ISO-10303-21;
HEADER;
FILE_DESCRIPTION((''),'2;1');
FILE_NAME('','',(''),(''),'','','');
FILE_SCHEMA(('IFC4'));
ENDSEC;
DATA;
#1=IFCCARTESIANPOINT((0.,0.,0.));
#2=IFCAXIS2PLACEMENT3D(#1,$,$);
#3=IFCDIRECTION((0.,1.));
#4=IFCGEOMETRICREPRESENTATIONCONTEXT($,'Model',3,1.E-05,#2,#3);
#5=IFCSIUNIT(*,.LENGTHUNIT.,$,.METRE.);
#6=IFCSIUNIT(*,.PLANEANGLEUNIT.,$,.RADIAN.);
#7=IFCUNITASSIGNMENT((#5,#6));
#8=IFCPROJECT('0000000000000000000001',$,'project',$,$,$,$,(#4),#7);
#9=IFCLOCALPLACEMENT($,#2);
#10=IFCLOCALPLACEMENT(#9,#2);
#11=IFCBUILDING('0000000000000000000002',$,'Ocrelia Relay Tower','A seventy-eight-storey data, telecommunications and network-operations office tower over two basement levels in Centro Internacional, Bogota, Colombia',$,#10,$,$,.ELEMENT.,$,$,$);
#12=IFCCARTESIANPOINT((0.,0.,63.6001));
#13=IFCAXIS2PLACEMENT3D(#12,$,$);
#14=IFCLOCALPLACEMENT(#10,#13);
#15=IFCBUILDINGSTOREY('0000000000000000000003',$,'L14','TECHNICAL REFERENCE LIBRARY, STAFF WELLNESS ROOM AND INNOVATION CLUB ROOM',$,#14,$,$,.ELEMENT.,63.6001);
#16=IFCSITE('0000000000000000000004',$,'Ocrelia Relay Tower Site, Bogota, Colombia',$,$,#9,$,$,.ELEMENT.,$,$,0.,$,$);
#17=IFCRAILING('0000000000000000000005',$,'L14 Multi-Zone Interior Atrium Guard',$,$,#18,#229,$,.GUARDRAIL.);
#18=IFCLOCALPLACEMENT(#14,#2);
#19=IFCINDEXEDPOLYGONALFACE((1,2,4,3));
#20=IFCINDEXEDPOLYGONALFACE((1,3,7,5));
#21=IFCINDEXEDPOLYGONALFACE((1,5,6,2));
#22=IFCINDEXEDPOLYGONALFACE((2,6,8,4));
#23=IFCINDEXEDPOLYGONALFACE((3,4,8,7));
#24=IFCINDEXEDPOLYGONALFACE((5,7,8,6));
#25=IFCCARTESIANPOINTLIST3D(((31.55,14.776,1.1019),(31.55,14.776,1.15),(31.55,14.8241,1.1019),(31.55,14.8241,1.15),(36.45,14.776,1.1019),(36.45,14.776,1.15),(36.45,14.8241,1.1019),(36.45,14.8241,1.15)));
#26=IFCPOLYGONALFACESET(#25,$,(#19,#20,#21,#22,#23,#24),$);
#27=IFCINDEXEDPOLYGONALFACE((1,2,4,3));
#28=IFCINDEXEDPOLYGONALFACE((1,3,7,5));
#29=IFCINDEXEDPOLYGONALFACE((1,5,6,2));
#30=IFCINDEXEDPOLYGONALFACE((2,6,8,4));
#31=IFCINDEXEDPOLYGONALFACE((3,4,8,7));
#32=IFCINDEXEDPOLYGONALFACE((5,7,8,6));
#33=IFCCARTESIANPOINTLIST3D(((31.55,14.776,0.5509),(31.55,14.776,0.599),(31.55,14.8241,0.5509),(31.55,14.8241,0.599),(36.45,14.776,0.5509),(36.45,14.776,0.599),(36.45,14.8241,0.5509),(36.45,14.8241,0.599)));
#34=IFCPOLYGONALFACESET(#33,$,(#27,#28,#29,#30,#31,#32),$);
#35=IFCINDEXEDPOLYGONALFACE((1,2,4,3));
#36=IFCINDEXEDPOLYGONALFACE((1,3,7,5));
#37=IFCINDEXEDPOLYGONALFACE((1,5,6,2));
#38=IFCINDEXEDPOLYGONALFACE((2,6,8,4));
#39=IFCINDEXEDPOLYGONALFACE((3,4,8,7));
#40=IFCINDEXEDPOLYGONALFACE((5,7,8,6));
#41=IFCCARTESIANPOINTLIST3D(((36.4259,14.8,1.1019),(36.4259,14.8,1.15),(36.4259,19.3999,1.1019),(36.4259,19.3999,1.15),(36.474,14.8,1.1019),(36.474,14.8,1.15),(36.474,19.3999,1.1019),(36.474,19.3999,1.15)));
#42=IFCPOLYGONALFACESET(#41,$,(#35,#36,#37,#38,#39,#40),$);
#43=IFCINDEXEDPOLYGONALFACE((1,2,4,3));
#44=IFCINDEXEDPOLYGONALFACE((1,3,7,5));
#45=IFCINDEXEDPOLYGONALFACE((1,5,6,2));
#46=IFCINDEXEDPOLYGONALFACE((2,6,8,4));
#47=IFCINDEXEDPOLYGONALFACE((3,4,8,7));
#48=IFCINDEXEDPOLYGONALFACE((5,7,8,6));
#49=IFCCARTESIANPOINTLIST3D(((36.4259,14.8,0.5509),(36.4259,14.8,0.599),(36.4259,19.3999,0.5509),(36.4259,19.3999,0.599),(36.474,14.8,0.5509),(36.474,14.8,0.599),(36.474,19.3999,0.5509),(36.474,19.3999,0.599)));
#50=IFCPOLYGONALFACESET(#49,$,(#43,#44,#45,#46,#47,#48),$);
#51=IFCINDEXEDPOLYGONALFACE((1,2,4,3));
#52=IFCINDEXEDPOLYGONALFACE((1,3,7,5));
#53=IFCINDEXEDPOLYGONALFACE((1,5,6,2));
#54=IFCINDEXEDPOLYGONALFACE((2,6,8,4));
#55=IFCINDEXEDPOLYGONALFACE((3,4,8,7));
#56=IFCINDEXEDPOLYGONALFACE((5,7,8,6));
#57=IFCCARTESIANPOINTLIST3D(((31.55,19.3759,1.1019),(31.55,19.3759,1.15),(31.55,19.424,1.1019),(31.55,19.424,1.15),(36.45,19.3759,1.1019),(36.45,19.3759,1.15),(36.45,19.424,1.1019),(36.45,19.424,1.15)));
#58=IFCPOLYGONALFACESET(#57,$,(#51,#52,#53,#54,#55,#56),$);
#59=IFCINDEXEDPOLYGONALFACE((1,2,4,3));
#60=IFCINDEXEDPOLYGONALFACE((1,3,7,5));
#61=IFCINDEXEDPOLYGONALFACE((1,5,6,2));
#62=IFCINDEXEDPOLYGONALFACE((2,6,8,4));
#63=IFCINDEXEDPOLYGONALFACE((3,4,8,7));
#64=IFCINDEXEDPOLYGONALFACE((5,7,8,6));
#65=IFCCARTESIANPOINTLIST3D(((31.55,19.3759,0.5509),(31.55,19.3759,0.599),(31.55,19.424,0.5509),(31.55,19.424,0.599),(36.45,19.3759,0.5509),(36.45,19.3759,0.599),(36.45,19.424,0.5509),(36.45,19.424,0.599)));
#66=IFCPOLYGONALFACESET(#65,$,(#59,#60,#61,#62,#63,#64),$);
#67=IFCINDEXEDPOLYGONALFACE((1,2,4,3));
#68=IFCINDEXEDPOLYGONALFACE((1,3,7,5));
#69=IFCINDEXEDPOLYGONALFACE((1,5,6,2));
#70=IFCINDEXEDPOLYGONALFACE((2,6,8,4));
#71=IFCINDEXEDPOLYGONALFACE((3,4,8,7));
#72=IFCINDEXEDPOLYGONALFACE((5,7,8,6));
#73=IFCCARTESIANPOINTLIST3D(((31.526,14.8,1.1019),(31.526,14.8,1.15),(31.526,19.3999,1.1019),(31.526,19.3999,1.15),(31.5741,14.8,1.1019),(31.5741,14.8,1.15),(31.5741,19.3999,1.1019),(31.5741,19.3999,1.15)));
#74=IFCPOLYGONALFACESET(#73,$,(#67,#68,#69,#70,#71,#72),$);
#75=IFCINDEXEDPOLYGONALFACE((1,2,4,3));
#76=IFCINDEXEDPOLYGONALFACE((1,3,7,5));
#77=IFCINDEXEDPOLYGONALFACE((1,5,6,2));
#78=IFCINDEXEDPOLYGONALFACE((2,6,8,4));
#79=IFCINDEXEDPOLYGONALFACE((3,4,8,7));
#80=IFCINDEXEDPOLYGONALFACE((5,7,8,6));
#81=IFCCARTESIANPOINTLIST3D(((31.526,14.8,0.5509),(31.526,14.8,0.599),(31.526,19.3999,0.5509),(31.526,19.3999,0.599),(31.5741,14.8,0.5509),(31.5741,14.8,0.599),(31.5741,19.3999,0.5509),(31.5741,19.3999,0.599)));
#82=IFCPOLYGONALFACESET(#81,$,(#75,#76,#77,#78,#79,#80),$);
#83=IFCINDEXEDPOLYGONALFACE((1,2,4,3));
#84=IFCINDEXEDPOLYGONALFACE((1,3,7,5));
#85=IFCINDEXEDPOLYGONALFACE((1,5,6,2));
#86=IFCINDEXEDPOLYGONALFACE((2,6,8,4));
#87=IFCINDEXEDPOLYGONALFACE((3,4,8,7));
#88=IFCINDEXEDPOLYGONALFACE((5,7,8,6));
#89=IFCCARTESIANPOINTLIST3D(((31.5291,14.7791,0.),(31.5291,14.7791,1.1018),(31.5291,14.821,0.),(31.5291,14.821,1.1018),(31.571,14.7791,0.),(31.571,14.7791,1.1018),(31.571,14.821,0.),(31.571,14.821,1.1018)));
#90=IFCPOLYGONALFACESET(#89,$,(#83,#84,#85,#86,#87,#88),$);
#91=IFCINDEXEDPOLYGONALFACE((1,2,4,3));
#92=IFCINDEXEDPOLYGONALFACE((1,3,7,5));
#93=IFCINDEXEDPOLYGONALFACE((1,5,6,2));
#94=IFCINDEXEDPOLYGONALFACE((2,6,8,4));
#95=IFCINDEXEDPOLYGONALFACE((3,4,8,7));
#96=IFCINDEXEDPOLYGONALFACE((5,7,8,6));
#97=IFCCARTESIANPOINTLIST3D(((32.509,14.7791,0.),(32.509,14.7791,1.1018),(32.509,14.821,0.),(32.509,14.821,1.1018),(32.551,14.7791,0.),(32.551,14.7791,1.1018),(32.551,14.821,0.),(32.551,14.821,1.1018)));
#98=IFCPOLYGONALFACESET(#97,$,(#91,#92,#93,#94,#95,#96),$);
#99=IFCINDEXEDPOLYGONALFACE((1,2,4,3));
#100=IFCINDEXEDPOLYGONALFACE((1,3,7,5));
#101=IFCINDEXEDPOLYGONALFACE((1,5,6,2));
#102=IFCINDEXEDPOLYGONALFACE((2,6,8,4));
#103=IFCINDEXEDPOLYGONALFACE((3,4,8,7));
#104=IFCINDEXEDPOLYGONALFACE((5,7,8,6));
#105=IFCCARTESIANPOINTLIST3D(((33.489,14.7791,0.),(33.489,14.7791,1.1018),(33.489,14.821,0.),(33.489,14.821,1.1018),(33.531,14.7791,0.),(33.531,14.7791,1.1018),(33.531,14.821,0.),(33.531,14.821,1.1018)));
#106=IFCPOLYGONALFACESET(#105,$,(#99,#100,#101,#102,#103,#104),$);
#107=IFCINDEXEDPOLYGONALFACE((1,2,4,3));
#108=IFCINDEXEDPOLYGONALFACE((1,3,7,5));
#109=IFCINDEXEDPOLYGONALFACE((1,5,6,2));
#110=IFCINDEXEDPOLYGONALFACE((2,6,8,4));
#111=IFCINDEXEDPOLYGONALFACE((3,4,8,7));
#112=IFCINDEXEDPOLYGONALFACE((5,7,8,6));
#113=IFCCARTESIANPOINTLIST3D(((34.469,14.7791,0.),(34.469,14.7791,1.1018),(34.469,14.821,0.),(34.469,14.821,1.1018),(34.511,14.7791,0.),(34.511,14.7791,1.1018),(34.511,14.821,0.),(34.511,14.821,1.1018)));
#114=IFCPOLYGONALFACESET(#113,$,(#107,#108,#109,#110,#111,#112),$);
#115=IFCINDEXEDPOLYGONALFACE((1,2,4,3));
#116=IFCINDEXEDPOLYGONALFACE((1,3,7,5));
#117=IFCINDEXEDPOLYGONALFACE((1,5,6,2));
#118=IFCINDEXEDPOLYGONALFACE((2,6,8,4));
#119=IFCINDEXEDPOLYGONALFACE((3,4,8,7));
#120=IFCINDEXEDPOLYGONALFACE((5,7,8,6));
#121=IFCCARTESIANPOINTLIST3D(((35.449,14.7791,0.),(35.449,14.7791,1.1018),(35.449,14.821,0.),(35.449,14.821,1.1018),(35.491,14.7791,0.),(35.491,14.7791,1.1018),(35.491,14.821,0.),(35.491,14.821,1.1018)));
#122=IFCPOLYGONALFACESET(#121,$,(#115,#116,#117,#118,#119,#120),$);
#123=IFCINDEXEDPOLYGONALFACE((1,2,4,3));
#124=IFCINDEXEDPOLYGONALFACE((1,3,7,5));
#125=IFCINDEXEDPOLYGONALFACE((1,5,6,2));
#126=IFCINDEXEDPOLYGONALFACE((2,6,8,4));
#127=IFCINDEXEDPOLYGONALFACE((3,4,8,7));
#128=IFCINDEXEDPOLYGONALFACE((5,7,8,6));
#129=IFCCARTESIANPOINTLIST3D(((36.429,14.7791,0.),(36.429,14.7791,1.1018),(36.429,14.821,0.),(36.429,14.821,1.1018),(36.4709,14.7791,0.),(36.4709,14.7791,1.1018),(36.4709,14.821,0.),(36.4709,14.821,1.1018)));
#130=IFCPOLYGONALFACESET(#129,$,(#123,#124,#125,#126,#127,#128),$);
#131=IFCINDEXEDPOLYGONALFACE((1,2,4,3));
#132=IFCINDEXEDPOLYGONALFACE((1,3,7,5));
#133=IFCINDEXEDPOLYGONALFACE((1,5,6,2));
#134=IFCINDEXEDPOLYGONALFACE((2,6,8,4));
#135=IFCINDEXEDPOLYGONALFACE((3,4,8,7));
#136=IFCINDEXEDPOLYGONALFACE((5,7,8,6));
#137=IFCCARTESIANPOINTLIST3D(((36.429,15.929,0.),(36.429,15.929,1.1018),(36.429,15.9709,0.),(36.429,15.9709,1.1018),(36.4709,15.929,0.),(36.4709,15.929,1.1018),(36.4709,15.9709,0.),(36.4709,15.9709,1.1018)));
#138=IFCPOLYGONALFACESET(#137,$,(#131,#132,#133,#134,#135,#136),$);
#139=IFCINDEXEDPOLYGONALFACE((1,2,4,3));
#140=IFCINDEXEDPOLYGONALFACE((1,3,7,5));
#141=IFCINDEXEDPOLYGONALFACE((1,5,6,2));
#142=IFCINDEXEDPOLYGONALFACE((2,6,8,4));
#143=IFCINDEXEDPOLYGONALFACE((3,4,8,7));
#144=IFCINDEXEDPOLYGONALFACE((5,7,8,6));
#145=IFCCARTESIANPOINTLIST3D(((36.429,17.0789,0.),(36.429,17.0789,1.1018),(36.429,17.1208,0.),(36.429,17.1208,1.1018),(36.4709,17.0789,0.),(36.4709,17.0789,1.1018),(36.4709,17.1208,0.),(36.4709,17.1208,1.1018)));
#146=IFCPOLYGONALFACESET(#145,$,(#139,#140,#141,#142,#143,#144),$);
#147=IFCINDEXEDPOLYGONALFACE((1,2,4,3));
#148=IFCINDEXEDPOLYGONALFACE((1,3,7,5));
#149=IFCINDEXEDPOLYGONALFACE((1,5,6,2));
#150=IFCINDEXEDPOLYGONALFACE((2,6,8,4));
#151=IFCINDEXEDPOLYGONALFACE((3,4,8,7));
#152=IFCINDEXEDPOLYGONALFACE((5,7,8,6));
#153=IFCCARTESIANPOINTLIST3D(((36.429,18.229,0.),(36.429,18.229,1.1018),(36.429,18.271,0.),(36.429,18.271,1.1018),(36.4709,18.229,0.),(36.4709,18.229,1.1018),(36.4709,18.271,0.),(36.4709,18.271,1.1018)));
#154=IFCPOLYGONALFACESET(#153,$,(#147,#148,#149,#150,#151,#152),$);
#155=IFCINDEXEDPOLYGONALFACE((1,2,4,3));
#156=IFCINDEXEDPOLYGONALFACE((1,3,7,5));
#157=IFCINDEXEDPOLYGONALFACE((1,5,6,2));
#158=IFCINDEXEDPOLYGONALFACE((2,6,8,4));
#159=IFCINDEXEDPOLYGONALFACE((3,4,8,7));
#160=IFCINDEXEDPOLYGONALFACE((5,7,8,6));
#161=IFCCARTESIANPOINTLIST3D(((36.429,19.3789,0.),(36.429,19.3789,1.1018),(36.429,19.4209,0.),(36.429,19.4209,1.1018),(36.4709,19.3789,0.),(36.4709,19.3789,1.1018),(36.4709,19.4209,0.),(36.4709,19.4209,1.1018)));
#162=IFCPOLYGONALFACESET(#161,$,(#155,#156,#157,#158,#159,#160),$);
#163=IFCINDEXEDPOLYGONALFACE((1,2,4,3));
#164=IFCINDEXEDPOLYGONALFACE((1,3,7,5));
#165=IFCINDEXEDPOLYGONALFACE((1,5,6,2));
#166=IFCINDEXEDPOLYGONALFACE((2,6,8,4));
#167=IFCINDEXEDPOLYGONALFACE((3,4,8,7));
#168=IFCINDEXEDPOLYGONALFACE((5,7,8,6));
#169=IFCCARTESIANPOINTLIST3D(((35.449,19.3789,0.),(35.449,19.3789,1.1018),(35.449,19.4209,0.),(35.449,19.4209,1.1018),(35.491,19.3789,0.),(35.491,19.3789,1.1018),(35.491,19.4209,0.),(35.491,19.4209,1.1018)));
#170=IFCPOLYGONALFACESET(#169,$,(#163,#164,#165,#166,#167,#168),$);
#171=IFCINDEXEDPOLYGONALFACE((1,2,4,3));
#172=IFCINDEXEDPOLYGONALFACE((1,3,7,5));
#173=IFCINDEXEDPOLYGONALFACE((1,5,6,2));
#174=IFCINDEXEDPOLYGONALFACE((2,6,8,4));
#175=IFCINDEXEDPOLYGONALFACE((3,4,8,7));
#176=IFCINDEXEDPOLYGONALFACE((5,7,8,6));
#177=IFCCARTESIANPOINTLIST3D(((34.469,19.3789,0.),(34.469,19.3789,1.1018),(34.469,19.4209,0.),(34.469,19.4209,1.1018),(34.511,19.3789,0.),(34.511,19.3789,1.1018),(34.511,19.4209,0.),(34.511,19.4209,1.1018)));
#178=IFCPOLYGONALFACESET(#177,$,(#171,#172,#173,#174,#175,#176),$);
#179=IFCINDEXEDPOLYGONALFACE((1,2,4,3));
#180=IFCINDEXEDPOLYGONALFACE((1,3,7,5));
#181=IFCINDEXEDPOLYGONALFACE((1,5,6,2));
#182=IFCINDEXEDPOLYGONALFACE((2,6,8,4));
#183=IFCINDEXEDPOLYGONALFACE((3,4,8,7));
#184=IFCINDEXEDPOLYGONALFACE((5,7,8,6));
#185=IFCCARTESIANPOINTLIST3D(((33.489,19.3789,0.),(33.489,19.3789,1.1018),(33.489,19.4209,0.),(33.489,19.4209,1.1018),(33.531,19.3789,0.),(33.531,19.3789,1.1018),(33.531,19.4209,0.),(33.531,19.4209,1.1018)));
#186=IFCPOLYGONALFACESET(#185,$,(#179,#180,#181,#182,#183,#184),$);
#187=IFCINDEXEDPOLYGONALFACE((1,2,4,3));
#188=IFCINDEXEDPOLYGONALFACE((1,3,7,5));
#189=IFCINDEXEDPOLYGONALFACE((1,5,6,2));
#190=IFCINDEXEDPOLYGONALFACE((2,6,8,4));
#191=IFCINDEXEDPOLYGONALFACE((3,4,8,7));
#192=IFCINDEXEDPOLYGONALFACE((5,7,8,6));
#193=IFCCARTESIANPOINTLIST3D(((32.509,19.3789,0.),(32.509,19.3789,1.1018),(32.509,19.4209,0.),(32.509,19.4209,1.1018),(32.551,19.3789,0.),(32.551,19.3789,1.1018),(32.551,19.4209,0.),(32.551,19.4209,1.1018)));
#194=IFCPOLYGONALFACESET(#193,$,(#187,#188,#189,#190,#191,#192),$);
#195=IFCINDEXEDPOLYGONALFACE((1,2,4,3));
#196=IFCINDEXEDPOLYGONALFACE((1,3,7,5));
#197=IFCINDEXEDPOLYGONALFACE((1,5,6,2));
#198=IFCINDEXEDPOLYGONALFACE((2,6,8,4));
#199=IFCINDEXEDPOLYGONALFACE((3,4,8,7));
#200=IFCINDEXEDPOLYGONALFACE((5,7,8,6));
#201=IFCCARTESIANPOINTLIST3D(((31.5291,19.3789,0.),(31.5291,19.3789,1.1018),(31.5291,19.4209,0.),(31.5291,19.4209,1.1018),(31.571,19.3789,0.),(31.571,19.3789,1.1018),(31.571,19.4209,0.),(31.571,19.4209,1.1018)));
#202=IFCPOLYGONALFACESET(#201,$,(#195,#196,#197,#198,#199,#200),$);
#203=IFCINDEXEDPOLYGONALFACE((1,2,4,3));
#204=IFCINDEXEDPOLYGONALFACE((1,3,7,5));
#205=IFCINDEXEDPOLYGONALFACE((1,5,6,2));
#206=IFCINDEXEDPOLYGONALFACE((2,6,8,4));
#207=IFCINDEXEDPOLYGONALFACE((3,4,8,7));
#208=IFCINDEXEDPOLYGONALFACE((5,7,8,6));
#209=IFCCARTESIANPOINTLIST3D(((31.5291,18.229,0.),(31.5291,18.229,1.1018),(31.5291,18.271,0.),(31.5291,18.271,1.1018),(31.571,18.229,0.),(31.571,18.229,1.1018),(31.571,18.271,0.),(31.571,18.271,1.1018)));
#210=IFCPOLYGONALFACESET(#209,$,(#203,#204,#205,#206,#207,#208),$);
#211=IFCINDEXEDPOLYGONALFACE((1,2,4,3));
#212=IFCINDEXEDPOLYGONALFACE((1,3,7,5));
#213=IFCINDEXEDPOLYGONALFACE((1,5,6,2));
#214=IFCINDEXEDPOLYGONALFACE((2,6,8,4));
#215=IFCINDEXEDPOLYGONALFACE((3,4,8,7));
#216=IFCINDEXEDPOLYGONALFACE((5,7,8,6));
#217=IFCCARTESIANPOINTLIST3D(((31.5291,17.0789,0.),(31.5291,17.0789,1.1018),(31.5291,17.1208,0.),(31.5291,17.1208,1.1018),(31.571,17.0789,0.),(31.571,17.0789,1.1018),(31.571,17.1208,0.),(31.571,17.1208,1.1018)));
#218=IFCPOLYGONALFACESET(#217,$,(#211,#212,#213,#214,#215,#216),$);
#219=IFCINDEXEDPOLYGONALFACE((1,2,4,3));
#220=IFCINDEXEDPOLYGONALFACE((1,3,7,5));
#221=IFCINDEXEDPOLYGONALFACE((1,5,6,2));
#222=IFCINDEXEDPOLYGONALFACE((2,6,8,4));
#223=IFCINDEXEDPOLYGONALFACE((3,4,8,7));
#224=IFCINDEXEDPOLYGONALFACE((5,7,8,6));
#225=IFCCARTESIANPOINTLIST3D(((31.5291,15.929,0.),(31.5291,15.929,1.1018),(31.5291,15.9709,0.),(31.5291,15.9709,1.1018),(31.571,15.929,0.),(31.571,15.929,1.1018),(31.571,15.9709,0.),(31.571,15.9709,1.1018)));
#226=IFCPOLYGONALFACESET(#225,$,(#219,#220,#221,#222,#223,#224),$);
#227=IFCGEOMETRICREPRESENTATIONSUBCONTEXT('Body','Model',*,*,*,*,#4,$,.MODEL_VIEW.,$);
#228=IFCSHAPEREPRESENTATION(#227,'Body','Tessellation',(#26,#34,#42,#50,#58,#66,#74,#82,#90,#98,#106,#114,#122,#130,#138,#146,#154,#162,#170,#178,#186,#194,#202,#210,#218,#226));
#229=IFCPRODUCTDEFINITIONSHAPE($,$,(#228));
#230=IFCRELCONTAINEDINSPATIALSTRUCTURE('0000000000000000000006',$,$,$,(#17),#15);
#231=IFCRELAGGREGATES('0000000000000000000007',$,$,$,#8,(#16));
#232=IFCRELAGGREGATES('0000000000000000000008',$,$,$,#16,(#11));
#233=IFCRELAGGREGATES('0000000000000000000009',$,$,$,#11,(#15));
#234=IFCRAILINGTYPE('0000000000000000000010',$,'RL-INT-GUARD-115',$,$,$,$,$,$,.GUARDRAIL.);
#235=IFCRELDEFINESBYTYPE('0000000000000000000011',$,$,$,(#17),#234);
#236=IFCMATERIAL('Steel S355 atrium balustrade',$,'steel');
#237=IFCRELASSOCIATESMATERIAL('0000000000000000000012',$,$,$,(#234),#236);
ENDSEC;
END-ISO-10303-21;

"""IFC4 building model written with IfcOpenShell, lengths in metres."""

from ifc_helpers import new_model, si_unit, direction, frame, origin, origin_2d, place, context, subcontext, project, spatial, rectangle, extrude, material, type_object, element, save


model = new_model("IFC4")

# Units and contexts
model_context = context("Model", 3, precision=1e-05, world=origin(), true_north=direction((0.0, 1.0)))
body_context = subcontext(model_context, "Body", "Model", "MODEL_VIEW")
ifc_project = project(units=[si_unit("LENGTHUNIT", "METRE"), si_unit("PLANEANGLEUNIT", "RADIAN")], contexts=[model_context])

# Site, building, storey
site_placement = place(None, origin())
site = spatial("IfcSite", under=ifc_project, at=site_placement, Name="Ocrelia Relay Tower Site, Bogota, Colombia", CompositionType="ELEMENT", RefElevation=0.0)
building_placement = place(site_placement, origin())
building = spatial("IfcBuilding", under=site, at=building_placement, Name="Ocrelia Relay Tower", Description="A seventy-eight-storey data, telecommunications and network-operations office tower over two basement levels in Centro Internacional, Bogota, Colombia", CompositionType="ELEMENT")
storey_placement = place(building_placement, frame((0.0, 0.0, 63.6001)))
storey = spatial("IfcBuildingStorey", under=building, at=storey_placement, Name="L14", Description="TECHNICAL REFERENCE LIBRARY, STAFF WELLNESS ROOM AND INNOVATION CLUB ROOM", CompositionType="ELEMENT", Elevation=63.6001)

# Railing
ifc_material_1 = material(Name="Steel S355 atrium balustrade", Category="steel")
railing_type_1 = type_object("IfcRailingType", Name="RL-INT-GUARD-115", PredefinedType="GUARDRAIL", material=ifc_material_1)
railing_1_placement = place(storey_placement, frame((31.55, 14.8, 0.0)))
element("IfcRailing", 1, at=railing_1_placement, inside=storey, type_object=railing_type_1, Name="L14 Multi-Zone Interior Atrium Guard", PredefinedType="GUARDRAIL", context=body_context, shape_type="SweptSolid", body=[
    extrude(rectangle(XDim=0.0481, YDim=0.0481, at=origin_2d()), frame((0.0, 0.0, 1.126), z_axis=(1.0, 0.0, 0.0), x_axis=(0.0, 1.0, 0.0)), (0.0, 0.0, 1.0), 4.8999),
    extrude(rectangle(XDim=0.0481, YDim=0.0481, at=origin_2d()), frame((0.0, 0.0, 0.575), z_axis=(1.0, 0.0, 0.0), x_axis=(0.0, 1.0, 0.0)), (0.0, 0.0, 1.0), 4.8999),
    extrude(rectangle(XDim=0.0481, YDim=0.0481, at=origin_2d()), frame((4.8999, 0.0, 1.126), z_axis=(0.0, 1.0, 0.0), x_axis=(-1.0, 0.0, 0.0)), (0.0, 0.0, 1.0), 4.5999),
    extrude(rectangle(XDim=0.0481, YDim=0.0481, at=origin_2d()), frame((4.8999, 0.0, 0.575), z_axis=(0.0, 1.0, 0.0), x_axis=(-1.0, 0.0, 0.0)), (0.0, 0.0, 1.0), 4.5999),
    extrude(rectangle(XDim=0.0481, YDim=0.0481, at=origin_2d()), frame((4.8999, 4.5999, 1.126), z_axis=(-1.0, 0.0, 0.0), x_axis=(0.0, -1.0, 0.0)), (0.0, 0.0, 1.0), 4.8999),
    extrude(rectangle(XDim=0.0481, YDim=0.0481, at=origin_2d()), frame((4.8999, 4.5999, 0.575), z_axis=(-1.0, 0.0, 0.0), x_axis=(0.0, -1.0, 0.0)), (0.0, 0.0, 1.0), 4.8999),
    extrude(rectangle(XDim=0.0481, YDim=0.0481, at=origin_2d()), frame((0.0, 4.5999, 1.126), z_axis=(0.0, -1.0, 0.0), x_axis=(1.0, 0.0, 0.0)), (0.0, 0.0, 1.0), 4.5999),
    extrude(rectangle(XDim=0.0481, YDim=0.0481, at=origin_2d()), frame((0.0, 4.5999, 0.575), z_axis=(0.0, -1.0, 0.0), x_axis=(1.0, 0.0, 0.0)), (0.0, 0.0, 1.0), 4.5999),
    extrude(rectangle(XDim=0.042, YDim=0.042, at=origin_2d()), origin(), (0.0, 0.0, 1.0), 1.1018),
    extrude(rectangle(XDim=0.042, YDim=0.042, at=origin_2d()), frame((0.98, 0.0, 0.0)), (0.0, 0.0, 1.0), 1.1018),
    extrude(rectangle(XDim=0.042, YDim=0.042, at=origin_2d()), frame((1.96, 0.0, 0.0)), (0.0, 0.0, 1.0), 1.1018),
    extrude(rectangle(XDim=0.042, YDim=0.042, at=origin_2d()), frame((2.9399, 0.0, 0.0)), (0.0, 0.0, 1.0), 1.1018),
    extrude(rectangle(XDim=0.042, YDim=0.042, at=origin_2d()), frame((3.9199, 0.0, 0.0)), (0.0, 0.0, 1.0), 1.1018),
    extrude(rectangle(XDim=0.042, YDim=0.042, at=origin_2d()), frame((4.8999, 0.0, 0.0)), (0.0, 0.0, 1.0), 1.1018),
    extrude(rectangle(XDim=0.042, YDim=0.042, at=origin_2d()), frame((4.8999, 1.1499, 0.0)), (0.0, 0.0, 1.0), 1.1018),
    extrude(rectangle(XDim=0.042, YDim=0.042, at=origin_2d()), frame((4.8999, 2.2998, 0.0)), (0.0, 0.0, 1.0), 1.1018),
    extrude(rectangle(XDim=0.042, YDim=0.042, at=origin_2d()), frame((4.8999, 3.45, 0.0)), (0.0, 0.0, 1.0), 1.1018),
    extrude(rectangle(XDim=0.042, YDim=0.042, at=origin_2d()), frame((4.8999, 4.5999, 0.0)), (0.0, 0.0, 1.0), 1.1018),
    extrude(rectangle(XDim=0.042, YDim=0.042, at=origin_2d()), frame((3.9199, 4.5999, 0.0)), (0.0, 0.0, 1.0), 1.1018),
    extrude(rectangle(XDim=0.042, YDim=0.042, at=origin_2d()), frame((2.9399, 4.5999, 0.0)), (0.0, 0.0, 1.0), 1.1018),
    extrude(rectangle(XDim=0.042, YDim=0.042, at=origin_2d()), frame((1.96, 4.5999, 0.0)), (0.0, 0.0, 1.0), 1.1018),
    extrude(rectangle(XDim=0.042, YDim=0.042, at=origin_2d()), frame((0.98, 4.5999, 0.0)), (0.0, 0.0, 1.0), 1.1018),
    extrude(rectangle(XDim=0.042, YDim=0.042, at=origin_2d()), frame((0.0, 4.5999, 0.0)), (0.0, 0.0, 1.0), 1.1018),
    extrude(rectangle(XDim=0.042, YDim=0.042, at=origin_2d()), frame((0.0, 3.45, 0.0)), (0.0, 0.0, 1.0), 1.1018),
    extrude(rectangle(XDim=0.042, YDim=0.042, at=origin_2d()), frame((0.0, 2.2998, 0.0)), (0.0, 0.0, 1.0), 1.1018),
    extrude(rectangle(XDim=0.042, YDim=0.042, at=origin_2d()), frame((0.0, 1.1499, 0.0)), (0.0, 0.0, 1.0), 1.1018),
])

save(model, "model.ifc")
